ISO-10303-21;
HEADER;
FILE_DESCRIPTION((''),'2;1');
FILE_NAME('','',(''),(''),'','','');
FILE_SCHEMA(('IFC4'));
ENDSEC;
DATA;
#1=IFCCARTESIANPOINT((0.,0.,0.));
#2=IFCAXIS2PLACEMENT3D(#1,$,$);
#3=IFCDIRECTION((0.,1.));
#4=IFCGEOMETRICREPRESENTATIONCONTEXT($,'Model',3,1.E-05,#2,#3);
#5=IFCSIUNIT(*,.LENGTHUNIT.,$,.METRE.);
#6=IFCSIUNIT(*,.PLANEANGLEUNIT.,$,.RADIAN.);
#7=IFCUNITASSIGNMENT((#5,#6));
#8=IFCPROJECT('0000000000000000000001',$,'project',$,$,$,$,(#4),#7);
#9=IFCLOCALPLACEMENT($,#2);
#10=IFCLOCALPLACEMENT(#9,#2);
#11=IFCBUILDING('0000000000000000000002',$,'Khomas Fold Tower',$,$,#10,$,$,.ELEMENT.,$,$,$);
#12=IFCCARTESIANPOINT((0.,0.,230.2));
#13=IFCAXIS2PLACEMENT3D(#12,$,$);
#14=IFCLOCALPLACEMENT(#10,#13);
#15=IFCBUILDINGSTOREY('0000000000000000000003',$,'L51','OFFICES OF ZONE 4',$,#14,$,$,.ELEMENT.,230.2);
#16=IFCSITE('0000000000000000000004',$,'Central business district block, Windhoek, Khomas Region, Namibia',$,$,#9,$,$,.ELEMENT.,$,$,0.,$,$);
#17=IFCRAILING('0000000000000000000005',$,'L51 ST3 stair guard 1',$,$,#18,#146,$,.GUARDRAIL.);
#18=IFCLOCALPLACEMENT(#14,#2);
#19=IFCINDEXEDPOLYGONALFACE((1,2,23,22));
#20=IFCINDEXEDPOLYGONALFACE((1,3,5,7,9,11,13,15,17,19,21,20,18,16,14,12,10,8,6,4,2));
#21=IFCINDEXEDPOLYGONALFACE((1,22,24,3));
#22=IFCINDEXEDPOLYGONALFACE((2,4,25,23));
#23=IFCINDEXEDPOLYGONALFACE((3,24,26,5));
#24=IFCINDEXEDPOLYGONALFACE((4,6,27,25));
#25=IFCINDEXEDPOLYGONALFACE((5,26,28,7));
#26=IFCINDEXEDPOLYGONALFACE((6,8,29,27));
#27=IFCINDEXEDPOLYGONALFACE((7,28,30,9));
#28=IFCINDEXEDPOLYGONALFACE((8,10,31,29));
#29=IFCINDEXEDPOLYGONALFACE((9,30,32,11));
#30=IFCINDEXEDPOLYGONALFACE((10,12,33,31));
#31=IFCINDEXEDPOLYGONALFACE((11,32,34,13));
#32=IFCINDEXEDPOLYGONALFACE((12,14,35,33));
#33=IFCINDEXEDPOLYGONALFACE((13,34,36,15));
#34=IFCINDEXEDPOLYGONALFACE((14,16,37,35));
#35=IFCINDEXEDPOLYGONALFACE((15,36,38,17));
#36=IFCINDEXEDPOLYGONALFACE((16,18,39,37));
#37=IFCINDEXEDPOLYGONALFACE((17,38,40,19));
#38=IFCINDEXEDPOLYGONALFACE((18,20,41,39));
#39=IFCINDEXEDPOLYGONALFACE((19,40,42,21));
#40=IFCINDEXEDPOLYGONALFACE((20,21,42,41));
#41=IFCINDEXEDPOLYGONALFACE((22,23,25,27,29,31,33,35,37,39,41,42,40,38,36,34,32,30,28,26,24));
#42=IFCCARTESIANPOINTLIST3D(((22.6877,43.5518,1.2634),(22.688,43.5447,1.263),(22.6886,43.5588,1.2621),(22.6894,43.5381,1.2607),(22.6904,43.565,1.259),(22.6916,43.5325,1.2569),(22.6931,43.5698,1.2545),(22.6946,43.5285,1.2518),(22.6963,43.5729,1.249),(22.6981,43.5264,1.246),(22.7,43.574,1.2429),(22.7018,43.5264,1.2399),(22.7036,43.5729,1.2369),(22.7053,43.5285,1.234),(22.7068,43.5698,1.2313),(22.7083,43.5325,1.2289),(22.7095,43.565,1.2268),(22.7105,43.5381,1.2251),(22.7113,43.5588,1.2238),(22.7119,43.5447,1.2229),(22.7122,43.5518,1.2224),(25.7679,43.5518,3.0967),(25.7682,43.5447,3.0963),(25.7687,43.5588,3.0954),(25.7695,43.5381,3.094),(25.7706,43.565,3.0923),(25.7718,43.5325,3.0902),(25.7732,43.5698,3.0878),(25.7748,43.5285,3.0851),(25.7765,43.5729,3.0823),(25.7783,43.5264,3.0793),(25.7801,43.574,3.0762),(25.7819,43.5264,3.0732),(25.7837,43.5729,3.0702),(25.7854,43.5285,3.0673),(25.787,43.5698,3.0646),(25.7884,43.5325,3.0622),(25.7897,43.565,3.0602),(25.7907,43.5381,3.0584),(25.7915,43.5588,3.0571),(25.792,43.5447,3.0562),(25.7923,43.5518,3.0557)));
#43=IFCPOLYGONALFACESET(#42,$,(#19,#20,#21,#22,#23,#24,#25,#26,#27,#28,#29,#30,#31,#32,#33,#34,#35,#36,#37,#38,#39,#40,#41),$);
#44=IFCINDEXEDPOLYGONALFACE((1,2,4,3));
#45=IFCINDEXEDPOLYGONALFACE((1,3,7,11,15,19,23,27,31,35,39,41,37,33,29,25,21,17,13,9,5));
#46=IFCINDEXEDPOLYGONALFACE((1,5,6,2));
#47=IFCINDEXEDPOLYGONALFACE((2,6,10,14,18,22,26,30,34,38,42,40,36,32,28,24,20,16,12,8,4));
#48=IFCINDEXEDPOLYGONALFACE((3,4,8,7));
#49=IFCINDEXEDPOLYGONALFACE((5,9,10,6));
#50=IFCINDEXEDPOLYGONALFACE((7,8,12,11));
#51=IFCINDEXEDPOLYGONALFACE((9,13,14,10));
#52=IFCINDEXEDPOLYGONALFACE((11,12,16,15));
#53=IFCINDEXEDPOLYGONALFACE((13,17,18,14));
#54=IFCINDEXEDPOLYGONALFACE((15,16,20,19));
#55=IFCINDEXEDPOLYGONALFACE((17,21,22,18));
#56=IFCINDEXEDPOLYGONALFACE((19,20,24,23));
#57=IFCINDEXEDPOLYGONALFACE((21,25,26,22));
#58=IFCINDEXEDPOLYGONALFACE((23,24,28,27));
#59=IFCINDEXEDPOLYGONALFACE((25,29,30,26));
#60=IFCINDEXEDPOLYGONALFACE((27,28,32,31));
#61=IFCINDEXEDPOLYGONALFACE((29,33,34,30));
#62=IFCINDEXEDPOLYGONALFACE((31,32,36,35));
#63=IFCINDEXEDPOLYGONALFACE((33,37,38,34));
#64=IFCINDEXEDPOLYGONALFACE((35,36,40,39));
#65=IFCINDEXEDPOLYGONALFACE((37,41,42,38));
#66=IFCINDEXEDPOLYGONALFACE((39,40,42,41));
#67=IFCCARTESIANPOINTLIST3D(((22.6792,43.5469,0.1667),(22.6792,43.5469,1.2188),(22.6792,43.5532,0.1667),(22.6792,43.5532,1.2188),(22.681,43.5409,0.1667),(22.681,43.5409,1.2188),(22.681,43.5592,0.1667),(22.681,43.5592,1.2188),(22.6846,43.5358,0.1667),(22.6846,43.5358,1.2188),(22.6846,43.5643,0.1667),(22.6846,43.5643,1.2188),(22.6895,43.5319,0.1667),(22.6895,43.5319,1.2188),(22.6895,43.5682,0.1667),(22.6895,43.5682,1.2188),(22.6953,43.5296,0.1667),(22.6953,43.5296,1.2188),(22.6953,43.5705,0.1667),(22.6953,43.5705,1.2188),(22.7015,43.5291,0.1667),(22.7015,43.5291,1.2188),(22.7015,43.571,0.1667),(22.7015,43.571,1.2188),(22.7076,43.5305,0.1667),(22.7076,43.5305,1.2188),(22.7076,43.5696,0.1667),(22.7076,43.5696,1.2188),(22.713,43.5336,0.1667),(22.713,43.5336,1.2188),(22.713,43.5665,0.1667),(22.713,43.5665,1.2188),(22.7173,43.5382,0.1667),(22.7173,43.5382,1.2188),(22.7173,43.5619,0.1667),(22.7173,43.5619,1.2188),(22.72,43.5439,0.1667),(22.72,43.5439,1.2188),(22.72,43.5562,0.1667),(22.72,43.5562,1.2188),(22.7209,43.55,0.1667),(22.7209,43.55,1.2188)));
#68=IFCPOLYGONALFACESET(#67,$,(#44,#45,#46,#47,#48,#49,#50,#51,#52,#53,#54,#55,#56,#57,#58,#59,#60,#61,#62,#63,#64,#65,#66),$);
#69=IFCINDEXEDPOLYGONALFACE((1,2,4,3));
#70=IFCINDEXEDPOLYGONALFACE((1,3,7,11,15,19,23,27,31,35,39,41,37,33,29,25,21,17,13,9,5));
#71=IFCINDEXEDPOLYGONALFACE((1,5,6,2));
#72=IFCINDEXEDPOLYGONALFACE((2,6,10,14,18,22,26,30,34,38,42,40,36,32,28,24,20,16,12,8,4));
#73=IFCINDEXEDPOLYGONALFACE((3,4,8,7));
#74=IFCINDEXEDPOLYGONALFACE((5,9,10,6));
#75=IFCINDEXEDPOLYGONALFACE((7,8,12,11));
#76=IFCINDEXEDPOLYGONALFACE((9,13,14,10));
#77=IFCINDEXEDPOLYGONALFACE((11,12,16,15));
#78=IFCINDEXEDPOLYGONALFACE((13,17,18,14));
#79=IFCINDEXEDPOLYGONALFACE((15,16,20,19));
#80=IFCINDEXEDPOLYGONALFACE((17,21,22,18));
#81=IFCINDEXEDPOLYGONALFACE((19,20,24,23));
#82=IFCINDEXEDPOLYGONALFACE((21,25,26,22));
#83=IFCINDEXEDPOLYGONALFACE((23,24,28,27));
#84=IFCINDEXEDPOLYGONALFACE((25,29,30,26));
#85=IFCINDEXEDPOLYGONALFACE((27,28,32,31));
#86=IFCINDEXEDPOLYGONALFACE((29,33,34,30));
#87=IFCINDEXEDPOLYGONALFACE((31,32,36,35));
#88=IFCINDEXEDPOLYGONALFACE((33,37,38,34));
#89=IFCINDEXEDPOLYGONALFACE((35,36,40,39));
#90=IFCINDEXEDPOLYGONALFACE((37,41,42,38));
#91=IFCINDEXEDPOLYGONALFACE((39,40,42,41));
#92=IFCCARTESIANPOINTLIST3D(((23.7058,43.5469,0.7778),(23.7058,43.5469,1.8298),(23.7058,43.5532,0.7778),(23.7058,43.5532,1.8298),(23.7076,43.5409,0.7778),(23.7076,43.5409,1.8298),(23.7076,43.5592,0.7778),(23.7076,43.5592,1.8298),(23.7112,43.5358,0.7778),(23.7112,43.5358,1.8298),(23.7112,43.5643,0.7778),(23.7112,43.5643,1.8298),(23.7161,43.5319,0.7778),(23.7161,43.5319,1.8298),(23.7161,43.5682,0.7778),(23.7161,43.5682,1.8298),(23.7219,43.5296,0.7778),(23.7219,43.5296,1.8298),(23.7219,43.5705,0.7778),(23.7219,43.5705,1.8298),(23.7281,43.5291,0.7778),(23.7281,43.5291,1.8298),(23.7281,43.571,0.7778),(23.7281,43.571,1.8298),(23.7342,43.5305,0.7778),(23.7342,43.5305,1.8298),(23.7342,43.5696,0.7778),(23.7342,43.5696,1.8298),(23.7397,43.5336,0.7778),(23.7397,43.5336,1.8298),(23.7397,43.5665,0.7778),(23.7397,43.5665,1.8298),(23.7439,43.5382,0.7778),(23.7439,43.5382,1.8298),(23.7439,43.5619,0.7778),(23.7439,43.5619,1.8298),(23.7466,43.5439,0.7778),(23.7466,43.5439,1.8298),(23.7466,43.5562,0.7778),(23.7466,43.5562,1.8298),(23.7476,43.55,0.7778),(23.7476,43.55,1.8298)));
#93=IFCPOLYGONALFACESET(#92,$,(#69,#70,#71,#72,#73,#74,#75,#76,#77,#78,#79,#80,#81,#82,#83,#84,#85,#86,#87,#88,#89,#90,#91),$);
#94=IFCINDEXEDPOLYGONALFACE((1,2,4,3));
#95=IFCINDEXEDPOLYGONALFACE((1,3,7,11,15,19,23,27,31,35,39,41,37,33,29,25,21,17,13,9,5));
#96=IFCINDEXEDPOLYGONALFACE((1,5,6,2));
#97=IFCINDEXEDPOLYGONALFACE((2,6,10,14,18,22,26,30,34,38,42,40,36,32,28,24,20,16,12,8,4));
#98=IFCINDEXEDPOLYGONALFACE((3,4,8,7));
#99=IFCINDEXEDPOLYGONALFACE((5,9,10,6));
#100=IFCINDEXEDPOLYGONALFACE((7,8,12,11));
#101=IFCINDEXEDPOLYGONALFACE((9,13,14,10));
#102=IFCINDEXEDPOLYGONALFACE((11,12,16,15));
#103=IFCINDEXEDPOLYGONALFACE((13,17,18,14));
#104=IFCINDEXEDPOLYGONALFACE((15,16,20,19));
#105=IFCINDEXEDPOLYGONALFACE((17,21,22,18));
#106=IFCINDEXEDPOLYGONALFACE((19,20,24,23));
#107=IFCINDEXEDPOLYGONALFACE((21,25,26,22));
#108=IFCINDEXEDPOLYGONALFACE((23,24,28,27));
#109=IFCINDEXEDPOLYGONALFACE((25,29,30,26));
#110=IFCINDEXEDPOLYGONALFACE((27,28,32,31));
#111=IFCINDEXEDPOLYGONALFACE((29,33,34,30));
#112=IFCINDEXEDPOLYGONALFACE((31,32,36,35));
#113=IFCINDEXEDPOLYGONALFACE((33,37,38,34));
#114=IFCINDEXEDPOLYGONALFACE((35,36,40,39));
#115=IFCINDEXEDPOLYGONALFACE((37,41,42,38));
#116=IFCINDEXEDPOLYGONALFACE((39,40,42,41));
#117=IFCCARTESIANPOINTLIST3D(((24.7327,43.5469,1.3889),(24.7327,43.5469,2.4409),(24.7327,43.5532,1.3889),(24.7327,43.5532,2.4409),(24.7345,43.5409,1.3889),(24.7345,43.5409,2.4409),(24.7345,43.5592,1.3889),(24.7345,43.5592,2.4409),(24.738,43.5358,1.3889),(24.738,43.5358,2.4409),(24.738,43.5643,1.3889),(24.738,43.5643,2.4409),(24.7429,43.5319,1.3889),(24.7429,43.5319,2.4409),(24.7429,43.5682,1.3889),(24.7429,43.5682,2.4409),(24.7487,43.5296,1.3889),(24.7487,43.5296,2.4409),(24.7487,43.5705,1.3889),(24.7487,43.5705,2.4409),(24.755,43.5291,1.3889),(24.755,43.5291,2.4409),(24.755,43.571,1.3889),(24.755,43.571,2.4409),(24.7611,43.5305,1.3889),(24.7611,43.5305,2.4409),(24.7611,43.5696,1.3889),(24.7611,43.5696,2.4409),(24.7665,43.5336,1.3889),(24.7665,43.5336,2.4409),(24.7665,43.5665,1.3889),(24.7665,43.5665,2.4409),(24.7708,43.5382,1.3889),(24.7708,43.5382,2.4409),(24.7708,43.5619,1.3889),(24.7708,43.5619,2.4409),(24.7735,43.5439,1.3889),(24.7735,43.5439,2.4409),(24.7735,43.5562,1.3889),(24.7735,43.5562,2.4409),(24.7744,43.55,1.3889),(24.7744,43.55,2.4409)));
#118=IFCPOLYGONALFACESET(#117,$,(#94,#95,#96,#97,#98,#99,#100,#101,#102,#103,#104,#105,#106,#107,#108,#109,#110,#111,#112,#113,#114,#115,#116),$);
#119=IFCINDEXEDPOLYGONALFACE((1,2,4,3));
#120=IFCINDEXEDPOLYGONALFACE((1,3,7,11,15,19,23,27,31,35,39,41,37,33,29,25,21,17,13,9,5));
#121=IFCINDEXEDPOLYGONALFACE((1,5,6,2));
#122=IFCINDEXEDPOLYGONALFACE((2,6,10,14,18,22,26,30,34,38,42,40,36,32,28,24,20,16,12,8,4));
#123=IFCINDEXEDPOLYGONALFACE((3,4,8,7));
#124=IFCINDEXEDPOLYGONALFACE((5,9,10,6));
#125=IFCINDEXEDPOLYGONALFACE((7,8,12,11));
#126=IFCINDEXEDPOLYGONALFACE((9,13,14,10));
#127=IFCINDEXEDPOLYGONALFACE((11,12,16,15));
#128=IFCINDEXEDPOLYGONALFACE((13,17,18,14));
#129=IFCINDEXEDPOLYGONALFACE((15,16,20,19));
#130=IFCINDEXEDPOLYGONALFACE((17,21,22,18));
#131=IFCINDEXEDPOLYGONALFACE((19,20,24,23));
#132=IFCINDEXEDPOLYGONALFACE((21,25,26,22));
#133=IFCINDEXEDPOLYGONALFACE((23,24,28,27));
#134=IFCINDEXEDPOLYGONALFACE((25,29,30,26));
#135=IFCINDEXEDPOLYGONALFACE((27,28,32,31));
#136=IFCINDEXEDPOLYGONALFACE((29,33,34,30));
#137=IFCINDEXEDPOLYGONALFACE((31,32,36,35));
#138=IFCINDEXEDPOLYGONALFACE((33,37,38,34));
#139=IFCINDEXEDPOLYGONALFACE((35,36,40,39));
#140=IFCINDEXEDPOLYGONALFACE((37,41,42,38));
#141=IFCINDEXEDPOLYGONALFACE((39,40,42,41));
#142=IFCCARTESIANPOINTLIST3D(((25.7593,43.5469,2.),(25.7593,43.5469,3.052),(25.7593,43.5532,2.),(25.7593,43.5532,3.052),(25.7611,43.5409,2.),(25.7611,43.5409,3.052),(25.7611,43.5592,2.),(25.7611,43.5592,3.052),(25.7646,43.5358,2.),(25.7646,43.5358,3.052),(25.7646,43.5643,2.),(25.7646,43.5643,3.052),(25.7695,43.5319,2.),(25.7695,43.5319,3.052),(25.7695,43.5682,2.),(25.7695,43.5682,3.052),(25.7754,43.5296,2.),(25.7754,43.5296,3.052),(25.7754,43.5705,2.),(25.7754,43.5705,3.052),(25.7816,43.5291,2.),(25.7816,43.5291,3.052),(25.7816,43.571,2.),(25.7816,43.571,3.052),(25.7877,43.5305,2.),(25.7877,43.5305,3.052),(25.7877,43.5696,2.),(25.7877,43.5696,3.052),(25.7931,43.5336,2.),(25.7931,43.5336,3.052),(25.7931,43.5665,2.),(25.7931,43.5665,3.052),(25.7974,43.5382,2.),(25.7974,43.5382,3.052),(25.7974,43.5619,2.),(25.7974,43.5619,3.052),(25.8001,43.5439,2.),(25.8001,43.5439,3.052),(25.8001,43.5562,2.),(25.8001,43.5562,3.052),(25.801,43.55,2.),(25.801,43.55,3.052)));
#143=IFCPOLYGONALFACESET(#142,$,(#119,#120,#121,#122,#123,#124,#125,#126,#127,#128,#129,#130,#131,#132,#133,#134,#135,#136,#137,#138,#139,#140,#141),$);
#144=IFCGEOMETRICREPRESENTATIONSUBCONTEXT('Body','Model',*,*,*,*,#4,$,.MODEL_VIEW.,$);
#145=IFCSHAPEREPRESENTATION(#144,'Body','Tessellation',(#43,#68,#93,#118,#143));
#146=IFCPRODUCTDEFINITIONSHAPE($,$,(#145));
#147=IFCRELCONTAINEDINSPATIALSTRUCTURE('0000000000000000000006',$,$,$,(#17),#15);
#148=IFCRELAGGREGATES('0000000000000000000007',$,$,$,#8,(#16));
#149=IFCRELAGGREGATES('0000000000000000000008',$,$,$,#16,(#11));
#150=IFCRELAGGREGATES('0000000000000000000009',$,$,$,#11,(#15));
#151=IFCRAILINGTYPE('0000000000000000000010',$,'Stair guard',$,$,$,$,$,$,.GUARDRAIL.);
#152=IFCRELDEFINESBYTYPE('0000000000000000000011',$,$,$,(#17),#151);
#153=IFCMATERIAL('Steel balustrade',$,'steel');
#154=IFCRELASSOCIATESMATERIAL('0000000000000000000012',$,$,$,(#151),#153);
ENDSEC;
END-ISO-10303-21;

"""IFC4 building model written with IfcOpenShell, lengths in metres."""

from ifc_helpers import new_model, si_unit, direction, frame, origin, origin_2d, place, context, subcontext, project, spatial, circle, extrude, source, transform, mapped, material, type_object, element, save


model = new_model("IFC4")

# Units and contexts
model_context = context("Model", 3, precision=1e-05, world=origin(), true_north=direction((0.0, 1.0)))
body_context = subcontext(model_context, "Body", "Model", "MODEL_VIEW")
ifc_project = project(units=[si_unit("LENGTHUNIT", "METRE"), si_unit("PLANEANGLEUNIT", "RADIAN")], contexts=[model_context])

# Site, building, storey
site_placement = place(None, origin())
site = spatial("IfcSite", under=ifc_project, at=site_placement, Name="Central business district block, Windhoek, Khomas Region, Namibia", CompositionType="ELEMENT", RefElevation=0.0)
building_placement = place(site_placement, origin())
building = spatial("IfcBuilding", under=site, at=building_placement, Name="Khomas Fold Tower", CompositionType="ELEMENT")
storey_placement = place(building_placement, frame((0.0, 0.0, 230.2)))
storey = spatial("IfcBuildingStorey", under=building, at=storey_placement, Name="L51", Description="OFFICES OF ZONE 4", CompositionType="ELEMENT", Elevation=230.2)

# Railing
ifc_material_1 = material(Name="Steel balustrade", Category="steel")
railing_type_1 = type_object("IfcRailingType", Name="Stair guard", PredefinedType="GUARDRAIL", material=ifc_material_1)
shared_shape_1 = source(origin(), body_context, "Body", "SweptSolid", [
    extrude(circle(Radius=0.0239, at=origin_2d()), frame((0.0, 0.0, 1.0762), z_axis=(0.859309, 0.0, 0.511458), x_axis=(0.0, 1.0, 0.0)), (0.0, 0.0, 1.0), 3.5845),
    extrude(circle(Radius=0.021, at=origin_2d()), origin(), (0.0, 0.0, 1.0), 1.052),
    extrude(circle(Radius=0.021, at=origin_2d()), frame((1.0266, 0.0, 0.6111)), (0.0, 0.0, 1.0), 1.052),
    extrude(circle(Radius=0.021, at=origin_2d()), frame((2.0535, 0.0, 1.2222)), (0.0, 0.0, 1.0), 1.052),
    extrude(circle(Radius=0.021, at=origin_2d()), frame((3.0801, 0.0, 1.8333)), (0.0, 0.0, 1.0), 1.052),
])
railing_1_placement = place(storey_placement, frame((22.7, 43.55, 0.1667)))
element("IfcRailing", 1, at=railing_1_placement, inside=storey, type_object=railing_type_1, Name="L51 ST3 stair guard 1", PredefinedType="GUARDRAIL", context=body_context, shape_type="MappedRepresentation", body=[
    mapped(shared_shape_1, transform((0.0, 0.0, 0.0))),
])

save(model, "model.ifc")
